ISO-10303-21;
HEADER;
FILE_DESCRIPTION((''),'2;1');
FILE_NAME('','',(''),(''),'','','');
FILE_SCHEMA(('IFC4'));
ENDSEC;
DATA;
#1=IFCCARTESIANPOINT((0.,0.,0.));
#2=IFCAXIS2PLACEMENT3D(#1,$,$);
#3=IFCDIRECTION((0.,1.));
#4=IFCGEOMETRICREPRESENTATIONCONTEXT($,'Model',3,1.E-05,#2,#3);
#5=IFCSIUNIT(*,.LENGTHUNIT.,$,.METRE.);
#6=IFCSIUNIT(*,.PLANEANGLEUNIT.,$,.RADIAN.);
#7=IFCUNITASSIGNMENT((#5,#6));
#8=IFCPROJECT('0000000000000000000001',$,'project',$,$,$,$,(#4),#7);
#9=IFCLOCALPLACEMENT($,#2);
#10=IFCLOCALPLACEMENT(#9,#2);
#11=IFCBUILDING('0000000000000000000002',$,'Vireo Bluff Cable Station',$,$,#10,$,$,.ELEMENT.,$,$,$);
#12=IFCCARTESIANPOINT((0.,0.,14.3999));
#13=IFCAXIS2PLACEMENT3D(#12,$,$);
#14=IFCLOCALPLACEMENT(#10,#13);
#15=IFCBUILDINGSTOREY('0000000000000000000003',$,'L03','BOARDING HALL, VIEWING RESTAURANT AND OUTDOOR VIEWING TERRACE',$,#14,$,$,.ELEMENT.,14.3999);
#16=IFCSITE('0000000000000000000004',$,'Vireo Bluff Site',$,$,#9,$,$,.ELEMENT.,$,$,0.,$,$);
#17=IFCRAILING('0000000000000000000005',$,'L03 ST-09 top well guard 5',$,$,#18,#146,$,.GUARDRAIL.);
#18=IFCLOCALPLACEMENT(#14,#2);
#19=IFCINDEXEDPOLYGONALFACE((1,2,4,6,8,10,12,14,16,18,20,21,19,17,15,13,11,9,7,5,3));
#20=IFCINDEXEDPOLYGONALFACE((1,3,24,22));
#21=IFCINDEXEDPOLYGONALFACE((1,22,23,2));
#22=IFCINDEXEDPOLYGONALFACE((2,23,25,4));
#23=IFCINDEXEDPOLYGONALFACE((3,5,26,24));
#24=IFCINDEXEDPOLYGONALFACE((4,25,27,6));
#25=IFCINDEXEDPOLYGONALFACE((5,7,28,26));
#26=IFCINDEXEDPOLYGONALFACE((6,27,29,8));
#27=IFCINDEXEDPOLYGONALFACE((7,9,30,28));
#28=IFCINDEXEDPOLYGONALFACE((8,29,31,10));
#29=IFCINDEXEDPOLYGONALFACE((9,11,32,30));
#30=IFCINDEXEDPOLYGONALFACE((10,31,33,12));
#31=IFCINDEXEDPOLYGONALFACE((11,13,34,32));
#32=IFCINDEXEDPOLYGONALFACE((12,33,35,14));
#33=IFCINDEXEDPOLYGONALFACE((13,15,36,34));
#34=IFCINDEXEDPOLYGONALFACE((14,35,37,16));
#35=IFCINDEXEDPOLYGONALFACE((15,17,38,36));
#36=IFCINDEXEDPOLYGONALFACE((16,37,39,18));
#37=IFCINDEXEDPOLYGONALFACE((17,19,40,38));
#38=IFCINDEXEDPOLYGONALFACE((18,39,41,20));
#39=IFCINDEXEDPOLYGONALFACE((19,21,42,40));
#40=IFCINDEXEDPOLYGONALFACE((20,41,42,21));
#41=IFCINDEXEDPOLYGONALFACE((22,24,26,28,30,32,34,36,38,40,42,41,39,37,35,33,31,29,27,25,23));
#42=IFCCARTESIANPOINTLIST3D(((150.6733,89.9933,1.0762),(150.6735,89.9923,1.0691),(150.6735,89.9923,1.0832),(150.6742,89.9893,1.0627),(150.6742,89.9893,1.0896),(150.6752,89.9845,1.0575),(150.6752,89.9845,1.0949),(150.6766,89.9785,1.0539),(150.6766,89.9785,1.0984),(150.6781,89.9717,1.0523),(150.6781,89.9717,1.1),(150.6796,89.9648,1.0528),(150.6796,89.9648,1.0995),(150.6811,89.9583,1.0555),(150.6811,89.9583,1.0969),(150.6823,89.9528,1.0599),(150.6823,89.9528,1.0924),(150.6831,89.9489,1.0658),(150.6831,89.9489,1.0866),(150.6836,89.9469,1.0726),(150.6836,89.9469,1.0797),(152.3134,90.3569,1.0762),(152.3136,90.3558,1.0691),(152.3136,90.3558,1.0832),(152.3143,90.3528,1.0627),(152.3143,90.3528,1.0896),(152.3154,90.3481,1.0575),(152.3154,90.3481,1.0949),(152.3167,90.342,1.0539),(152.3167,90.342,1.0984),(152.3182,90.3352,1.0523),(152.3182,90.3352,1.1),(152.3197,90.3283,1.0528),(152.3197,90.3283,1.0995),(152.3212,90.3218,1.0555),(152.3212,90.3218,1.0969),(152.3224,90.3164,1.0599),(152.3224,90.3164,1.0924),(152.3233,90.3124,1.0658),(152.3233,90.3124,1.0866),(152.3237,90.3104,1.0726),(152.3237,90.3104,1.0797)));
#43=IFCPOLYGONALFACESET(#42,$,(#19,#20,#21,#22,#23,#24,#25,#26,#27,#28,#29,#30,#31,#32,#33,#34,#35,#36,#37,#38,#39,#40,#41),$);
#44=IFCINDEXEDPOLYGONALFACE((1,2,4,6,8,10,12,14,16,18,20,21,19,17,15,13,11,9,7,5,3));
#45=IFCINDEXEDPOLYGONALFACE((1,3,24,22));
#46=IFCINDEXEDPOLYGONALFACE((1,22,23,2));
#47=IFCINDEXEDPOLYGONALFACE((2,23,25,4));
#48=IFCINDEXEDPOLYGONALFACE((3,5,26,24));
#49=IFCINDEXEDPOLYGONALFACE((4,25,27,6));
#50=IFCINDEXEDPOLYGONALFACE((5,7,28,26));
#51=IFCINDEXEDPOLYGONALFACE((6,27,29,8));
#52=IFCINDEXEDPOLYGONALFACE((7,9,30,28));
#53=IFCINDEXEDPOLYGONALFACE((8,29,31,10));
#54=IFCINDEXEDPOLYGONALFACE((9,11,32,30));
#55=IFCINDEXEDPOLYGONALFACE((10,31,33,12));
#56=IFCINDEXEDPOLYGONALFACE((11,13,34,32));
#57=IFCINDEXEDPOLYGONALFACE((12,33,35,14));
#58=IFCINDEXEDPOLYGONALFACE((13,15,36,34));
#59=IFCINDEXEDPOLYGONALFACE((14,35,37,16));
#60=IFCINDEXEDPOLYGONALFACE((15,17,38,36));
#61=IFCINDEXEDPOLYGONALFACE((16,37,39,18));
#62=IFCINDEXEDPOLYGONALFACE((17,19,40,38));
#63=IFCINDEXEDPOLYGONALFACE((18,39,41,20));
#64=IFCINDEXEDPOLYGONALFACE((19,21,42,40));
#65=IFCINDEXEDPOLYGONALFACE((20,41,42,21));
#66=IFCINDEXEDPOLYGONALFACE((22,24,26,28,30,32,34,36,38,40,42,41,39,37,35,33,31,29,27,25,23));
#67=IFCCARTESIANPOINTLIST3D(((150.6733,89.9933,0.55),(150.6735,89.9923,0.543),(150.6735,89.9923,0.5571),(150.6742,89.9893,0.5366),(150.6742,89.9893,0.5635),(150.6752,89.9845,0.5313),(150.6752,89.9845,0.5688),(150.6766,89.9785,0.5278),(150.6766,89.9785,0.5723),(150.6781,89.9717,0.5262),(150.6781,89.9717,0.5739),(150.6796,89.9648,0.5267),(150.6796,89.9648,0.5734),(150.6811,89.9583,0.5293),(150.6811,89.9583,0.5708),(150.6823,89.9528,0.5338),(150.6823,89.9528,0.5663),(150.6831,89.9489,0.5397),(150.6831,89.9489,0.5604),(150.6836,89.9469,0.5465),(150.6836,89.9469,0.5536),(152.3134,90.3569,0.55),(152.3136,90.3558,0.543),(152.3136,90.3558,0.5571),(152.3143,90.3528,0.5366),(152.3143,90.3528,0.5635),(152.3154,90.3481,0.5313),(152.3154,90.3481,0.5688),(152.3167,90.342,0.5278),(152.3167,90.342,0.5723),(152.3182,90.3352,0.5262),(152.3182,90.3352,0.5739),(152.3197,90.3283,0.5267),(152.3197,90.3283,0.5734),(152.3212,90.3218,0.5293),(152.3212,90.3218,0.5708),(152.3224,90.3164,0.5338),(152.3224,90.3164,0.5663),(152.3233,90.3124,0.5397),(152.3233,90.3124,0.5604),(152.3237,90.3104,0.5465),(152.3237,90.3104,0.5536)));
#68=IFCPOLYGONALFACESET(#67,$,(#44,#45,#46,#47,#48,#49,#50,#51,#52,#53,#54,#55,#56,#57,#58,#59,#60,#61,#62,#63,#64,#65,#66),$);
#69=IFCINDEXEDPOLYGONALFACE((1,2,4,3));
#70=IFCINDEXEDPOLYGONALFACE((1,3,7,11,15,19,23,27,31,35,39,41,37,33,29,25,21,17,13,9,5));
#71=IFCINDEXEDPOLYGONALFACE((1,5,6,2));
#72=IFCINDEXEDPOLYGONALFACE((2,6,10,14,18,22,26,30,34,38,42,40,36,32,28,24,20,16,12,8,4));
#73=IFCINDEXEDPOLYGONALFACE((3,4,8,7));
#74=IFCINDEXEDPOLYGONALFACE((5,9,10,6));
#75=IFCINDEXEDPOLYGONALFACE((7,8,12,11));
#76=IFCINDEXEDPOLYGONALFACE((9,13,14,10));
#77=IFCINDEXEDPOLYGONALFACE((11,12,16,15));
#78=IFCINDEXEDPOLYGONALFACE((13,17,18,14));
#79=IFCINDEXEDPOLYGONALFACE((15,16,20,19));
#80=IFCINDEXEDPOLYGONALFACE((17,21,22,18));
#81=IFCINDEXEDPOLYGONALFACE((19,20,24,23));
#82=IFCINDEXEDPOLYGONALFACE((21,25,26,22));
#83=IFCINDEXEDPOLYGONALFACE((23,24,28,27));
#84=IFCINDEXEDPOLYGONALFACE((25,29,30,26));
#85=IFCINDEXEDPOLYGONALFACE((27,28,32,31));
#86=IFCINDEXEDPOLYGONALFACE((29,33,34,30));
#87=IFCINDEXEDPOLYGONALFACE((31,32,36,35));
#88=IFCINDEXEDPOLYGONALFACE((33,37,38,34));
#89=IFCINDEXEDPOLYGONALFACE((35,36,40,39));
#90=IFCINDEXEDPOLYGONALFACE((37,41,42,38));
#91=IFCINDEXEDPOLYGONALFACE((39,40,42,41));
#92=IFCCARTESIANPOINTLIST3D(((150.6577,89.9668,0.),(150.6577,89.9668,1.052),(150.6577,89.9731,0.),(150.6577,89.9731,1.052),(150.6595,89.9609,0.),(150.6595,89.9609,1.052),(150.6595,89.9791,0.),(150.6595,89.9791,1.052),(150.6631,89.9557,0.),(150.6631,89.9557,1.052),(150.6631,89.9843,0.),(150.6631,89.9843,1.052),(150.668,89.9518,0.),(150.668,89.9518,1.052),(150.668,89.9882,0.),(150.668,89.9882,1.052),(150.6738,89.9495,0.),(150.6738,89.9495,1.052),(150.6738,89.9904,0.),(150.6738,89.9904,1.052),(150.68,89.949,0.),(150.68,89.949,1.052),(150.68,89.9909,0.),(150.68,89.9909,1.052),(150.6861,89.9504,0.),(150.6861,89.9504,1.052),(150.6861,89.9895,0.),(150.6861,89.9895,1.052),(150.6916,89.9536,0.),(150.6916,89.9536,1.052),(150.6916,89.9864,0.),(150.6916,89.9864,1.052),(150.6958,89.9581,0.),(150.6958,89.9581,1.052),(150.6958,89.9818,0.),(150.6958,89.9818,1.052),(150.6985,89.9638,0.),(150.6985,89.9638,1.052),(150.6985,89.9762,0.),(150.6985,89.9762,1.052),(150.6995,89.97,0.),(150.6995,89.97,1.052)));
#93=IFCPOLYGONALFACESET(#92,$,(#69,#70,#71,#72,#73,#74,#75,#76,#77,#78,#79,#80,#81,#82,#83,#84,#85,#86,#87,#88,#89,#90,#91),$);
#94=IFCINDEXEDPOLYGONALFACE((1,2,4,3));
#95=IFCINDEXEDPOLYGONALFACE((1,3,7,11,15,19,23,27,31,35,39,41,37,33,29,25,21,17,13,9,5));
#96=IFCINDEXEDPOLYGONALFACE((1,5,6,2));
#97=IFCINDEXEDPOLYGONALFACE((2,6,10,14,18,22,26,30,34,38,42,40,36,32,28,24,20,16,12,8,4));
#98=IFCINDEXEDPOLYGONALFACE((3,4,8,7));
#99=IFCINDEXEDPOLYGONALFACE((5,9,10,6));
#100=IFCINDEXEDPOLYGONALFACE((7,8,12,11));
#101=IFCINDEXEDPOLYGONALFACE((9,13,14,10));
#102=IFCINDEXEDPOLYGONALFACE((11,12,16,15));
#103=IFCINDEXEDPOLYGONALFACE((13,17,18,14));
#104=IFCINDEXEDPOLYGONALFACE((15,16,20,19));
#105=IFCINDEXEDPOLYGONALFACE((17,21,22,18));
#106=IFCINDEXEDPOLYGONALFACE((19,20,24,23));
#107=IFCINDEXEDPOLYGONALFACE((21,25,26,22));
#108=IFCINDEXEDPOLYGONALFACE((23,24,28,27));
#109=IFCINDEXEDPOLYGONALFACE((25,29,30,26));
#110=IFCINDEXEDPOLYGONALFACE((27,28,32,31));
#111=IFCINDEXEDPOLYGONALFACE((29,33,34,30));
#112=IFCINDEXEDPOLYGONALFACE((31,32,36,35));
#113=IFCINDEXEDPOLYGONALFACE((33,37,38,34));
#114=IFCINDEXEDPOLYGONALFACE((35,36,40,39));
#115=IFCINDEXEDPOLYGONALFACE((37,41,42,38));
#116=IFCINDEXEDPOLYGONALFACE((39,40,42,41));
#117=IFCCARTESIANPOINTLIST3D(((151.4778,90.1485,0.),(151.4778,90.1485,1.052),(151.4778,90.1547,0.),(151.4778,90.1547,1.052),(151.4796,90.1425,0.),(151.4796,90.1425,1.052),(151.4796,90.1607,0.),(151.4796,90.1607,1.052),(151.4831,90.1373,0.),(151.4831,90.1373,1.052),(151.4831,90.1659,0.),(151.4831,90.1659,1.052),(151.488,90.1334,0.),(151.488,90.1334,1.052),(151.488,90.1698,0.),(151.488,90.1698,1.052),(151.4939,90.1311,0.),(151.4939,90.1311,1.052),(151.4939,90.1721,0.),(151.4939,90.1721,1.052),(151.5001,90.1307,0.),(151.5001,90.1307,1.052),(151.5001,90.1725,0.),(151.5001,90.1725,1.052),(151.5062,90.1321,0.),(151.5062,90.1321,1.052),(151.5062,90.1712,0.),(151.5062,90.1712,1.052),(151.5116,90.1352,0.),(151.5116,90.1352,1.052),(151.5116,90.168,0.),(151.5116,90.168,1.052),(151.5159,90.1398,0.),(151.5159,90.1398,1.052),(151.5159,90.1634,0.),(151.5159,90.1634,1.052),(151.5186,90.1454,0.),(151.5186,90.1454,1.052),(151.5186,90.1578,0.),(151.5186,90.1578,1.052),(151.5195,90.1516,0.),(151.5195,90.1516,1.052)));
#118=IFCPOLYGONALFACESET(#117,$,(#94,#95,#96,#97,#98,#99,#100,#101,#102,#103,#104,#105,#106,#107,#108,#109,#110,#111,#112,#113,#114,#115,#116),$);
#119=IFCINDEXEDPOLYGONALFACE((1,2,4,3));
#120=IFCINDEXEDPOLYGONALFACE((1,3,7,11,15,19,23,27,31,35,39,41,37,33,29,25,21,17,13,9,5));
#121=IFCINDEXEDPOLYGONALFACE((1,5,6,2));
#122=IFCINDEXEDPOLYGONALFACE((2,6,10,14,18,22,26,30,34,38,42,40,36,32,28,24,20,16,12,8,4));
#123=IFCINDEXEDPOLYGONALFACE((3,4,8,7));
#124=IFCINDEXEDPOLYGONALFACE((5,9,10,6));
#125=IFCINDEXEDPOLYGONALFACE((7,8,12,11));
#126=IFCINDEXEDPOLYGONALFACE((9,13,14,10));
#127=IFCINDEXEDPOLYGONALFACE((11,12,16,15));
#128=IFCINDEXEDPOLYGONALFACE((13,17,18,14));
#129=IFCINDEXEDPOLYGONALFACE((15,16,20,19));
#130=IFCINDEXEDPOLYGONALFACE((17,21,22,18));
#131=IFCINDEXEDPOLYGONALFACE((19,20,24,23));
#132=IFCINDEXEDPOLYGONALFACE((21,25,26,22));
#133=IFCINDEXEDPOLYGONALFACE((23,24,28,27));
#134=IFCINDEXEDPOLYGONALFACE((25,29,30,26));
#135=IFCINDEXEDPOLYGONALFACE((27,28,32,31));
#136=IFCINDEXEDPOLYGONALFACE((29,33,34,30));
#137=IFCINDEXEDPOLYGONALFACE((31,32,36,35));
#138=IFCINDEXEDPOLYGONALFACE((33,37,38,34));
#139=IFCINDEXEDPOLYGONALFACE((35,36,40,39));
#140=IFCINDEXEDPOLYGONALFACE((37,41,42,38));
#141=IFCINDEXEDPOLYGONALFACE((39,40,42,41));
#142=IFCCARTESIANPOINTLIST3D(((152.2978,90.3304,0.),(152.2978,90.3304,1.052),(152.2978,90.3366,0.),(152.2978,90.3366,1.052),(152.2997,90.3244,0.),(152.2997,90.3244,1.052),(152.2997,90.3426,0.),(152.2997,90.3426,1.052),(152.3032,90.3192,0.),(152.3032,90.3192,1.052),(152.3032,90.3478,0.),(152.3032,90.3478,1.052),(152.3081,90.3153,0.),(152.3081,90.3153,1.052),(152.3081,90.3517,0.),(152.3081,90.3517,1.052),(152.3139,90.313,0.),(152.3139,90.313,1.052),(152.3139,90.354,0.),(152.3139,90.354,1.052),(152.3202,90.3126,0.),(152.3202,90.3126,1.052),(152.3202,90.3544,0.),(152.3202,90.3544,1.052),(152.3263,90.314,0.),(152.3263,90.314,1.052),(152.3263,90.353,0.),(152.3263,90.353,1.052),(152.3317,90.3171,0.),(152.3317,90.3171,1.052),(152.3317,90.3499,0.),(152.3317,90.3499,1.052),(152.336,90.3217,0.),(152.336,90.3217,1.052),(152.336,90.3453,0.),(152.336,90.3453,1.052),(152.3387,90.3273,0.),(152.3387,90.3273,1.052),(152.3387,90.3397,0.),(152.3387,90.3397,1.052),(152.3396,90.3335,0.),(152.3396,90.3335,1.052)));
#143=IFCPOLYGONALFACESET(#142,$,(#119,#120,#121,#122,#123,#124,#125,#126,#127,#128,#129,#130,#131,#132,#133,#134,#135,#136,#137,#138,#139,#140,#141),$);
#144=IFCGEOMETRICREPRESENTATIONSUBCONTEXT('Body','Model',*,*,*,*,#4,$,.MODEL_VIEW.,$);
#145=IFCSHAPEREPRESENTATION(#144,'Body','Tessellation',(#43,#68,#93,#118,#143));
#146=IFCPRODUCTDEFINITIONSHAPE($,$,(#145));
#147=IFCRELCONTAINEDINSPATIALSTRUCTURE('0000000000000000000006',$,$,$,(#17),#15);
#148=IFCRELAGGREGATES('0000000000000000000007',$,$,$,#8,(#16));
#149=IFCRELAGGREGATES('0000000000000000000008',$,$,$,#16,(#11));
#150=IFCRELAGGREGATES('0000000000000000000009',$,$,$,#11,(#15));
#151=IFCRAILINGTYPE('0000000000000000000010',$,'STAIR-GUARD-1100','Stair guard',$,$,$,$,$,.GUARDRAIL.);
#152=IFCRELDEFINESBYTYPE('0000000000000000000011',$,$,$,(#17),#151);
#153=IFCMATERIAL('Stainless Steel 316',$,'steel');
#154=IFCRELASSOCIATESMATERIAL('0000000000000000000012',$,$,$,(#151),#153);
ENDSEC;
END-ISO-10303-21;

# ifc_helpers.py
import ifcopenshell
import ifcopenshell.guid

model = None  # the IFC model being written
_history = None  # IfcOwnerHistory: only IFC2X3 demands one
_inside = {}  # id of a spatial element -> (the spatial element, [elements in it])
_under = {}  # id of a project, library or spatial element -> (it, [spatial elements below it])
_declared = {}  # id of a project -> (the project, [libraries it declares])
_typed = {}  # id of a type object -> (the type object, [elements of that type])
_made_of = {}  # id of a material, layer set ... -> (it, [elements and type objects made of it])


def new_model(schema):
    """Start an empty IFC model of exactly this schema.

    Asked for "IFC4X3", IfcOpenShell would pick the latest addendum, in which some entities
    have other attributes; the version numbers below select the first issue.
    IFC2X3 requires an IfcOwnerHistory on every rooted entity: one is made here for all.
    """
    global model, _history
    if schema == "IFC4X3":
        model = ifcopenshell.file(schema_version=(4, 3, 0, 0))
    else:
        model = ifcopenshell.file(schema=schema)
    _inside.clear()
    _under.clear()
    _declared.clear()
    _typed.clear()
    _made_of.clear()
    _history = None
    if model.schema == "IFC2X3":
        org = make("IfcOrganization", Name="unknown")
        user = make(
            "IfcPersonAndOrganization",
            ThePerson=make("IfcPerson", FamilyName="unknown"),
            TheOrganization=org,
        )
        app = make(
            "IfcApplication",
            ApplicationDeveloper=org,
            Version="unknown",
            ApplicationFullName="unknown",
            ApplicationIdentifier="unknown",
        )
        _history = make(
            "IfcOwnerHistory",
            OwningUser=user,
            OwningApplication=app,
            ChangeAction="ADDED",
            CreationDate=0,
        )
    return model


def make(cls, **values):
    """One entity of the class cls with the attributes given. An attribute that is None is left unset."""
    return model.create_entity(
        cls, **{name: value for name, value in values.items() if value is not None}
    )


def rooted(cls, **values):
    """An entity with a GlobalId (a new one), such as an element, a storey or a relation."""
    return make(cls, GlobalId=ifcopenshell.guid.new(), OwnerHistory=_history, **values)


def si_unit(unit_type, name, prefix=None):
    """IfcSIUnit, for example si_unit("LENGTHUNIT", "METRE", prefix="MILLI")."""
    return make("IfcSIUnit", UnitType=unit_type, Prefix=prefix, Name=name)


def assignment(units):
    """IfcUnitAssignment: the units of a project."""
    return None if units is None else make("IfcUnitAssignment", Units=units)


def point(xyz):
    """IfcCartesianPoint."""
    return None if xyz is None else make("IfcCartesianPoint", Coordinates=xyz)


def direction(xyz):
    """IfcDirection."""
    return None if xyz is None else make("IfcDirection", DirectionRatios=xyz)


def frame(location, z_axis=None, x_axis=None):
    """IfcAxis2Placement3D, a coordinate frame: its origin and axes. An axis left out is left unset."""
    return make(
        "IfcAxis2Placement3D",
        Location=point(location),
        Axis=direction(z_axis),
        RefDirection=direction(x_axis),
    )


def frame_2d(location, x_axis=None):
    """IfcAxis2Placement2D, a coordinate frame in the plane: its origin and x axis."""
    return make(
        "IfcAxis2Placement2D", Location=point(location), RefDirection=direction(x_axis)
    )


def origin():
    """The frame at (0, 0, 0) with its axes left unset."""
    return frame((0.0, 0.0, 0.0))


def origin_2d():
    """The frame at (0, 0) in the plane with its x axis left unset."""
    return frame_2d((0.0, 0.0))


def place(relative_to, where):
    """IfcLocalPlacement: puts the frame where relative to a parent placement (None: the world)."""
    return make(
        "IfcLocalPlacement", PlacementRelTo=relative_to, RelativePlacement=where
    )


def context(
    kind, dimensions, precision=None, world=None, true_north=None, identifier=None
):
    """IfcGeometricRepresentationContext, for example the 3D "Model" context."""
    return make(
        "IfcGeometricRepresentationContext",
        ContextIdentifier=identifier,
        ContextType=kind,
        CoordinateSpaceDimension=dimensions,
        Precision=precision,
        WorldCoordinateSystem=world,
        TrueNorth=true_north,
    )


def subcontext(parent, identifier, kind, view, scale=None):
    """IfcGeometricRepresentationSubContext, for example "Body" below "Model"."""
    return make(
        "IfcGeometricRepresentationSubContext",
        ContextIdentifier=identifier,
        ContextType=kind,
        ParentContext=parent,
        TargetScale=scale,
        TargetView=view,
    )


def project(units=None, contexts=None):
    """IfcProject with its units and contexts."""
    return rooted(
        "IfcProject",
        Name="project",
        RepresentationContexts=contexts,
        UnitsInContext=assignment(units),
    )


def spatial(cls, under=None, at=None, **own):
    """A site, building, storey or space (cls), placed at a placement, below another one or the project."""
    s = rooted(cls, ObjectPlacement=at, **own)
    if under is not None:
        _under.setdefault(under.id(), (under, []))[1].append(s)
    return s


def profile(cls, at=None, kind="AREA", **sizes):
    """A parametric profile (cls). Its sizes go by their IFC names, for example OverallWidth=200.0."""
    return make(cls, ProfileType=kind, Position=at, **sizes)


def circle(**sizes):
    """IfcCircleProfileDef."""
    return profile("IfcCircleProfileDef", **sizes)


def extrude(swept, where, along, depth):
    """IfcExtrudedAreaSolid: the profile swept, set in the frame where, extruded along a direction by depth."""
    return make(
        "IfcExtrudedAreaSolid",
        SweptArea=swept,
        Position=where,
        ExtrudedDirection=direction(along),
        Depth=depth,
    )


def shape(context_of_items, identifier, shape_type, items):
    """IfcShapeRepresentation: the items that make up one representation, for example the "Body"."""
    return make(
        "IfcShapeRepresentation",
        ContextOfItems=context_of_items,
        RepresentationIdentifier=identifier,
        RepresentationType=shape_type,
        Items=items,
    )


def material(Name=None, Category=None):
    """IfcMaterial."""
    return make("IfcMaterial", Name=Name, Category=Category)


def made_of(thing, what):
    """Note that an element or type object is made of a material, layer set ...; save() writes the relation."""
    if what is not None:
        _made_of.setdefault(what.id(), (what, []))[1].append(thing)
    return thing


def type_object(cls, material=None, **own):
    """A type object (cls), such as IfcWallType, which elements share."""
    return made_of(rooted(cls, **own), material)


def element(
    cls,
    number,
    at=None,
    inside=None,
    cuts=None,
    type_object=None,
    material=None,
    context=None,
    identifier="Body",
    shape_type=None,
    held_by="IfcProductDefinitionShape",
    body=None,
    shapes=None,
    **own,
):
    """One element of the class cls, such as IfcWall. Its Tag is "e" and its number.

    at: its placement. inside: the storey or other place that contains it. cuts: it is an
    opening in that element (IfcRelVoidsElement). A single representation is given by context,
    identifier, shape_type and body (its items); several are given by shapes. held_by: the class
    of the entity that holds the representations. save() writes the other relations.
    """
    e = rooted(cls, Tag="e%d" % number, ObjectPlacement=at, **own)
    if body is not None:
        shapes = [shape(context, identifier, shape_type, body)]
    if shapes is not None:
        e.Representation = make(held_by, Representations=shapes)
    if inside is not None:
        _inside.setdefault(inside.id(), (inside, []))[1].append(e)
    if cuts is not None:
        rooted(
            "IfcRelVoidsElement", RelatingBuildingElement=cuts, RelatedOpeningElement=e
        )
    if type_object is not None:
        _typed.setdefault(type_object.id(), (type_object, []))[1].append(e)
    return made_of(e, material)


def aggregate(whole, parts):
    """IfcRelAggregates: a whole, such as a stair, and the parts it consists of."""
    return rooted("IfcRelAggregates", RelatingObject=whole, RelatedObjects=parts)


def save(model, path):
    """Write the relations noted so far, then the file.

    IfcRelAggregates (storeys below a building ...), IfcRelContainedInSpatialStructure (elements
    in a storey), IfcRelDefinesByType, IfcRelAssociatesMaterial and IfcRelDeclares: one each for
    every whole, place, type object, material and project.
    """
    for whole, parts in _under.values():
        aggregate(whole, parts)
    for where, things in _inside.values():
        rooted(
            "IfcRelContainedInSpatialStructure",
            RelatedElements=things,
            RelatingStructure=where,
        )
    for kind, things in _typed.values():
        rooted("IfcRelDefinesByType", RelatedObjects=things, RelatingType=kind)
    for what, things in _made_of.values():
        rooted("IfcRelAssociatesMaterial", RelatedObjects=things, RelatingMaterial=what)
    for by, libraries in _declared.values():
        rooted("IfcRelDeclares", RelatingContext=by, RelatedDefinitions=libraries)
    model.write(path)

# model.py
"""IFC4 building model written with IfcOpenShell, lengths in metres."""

from ifc_helpers import new_model, si_unit, direction, frame, origin, origin_2d, place, context, subcontext, project, spatial, circle, extrude, material, type_object, element, save


model = new_model("IFC4")

# Units and contexts
model_context = context("Model", 3, precision=1e-05, world=origin(), true_north=direction((0.0, 1.0)))
body_context = subcontext(model_context, "Body", "Model", "MODEL_VIEW")
ifc_project = project(units=[si_unit("LENGTHUNIT", "METRE"), si_unit("PLANEANGLEUNIT", "RADIAN")], contexts=[model_context])

# Site, building, storey
site_placement = place(None, origin())
site = spatial("IfcSite", under=ifc_project, at=site_placement, Name="Vireo Bluff Site", CompositionType="ELEMENT", RefElevation=0.0)
building_placement = place(site_placement, origin())
building = spatial("IfcBuilding", under=site, at=building_placement, Name="Vireo Bluff Cable Station", CompositionType="ELEMENT")
storey_placement = place(building_placement, frame((0.0, 0.0, 14.3999)))
storey = spatial("IfcBuildingStorey", under=building, at=storey_placement, Name="L03", Description="BOARDING HALL, VIEWING RESTAURANT AND OUTDOOR VIEWING TERRACE", CompositionType="ELEMENT", Elevation=14.3999)

# Shared definitions
ifc_material_1 = material(Name="Stainless Steel 316", Category="steel")

# Railing
railing_type = type_object("IfcRailingType", Name="STAIR-GUARD-1100", Description="Stair guard", PredefinedType="GUARDRAIL", material=ifc_material_1)
railing_1_placement = place(storey_placement, frame((150.6785, 89.97, 0.0)))
element("IfcRailing", 1, at=railing_1_placement, inside=storey, type_object=railing_type, Name="L03 ST-09 top well guard 5", PredefinedType="GUARDRAIL", context=body_context, shape_type="SweptSolid", body=[
    extrude(circle(Radius=0.0239, at=origin_2d()), frame((0.0, 0.0, 1.0762), z_axis=(0.976307, 0.216392, 0.0), x_axis=(-0.216392, 0.976307, 0.0)), (0.0, 0.0, 1.0), 1.6799),
    extrude(circle(Radius=0.0239, at=origin_2d()), frame((0.0, 0.0, 0.55), z_axis=(0.976307, 0.216392, 0.0), x_axis=(-0.216392, 0.976307, 0.0)), (0.0, 0.0, 1.0), 1.6799),
    extrude(circle(Radius=0.021, at=origin_2d()), origin(), (0.0, 0.0, 1.0), 1.052),
    extrude(circle(Radius=0.021, at=origin_2d()), frame((0.8201, 0.1816, 0.0)), (0.0, 0.0, 1.0), 1.052),
    extrude(circle(Radius=0.021, at=origin_2d()), frame((1.6401, 0.3635, 0.0)), (0.0, 0.0, 1.0), 1.052),
])

save(model, "model.ifc")
